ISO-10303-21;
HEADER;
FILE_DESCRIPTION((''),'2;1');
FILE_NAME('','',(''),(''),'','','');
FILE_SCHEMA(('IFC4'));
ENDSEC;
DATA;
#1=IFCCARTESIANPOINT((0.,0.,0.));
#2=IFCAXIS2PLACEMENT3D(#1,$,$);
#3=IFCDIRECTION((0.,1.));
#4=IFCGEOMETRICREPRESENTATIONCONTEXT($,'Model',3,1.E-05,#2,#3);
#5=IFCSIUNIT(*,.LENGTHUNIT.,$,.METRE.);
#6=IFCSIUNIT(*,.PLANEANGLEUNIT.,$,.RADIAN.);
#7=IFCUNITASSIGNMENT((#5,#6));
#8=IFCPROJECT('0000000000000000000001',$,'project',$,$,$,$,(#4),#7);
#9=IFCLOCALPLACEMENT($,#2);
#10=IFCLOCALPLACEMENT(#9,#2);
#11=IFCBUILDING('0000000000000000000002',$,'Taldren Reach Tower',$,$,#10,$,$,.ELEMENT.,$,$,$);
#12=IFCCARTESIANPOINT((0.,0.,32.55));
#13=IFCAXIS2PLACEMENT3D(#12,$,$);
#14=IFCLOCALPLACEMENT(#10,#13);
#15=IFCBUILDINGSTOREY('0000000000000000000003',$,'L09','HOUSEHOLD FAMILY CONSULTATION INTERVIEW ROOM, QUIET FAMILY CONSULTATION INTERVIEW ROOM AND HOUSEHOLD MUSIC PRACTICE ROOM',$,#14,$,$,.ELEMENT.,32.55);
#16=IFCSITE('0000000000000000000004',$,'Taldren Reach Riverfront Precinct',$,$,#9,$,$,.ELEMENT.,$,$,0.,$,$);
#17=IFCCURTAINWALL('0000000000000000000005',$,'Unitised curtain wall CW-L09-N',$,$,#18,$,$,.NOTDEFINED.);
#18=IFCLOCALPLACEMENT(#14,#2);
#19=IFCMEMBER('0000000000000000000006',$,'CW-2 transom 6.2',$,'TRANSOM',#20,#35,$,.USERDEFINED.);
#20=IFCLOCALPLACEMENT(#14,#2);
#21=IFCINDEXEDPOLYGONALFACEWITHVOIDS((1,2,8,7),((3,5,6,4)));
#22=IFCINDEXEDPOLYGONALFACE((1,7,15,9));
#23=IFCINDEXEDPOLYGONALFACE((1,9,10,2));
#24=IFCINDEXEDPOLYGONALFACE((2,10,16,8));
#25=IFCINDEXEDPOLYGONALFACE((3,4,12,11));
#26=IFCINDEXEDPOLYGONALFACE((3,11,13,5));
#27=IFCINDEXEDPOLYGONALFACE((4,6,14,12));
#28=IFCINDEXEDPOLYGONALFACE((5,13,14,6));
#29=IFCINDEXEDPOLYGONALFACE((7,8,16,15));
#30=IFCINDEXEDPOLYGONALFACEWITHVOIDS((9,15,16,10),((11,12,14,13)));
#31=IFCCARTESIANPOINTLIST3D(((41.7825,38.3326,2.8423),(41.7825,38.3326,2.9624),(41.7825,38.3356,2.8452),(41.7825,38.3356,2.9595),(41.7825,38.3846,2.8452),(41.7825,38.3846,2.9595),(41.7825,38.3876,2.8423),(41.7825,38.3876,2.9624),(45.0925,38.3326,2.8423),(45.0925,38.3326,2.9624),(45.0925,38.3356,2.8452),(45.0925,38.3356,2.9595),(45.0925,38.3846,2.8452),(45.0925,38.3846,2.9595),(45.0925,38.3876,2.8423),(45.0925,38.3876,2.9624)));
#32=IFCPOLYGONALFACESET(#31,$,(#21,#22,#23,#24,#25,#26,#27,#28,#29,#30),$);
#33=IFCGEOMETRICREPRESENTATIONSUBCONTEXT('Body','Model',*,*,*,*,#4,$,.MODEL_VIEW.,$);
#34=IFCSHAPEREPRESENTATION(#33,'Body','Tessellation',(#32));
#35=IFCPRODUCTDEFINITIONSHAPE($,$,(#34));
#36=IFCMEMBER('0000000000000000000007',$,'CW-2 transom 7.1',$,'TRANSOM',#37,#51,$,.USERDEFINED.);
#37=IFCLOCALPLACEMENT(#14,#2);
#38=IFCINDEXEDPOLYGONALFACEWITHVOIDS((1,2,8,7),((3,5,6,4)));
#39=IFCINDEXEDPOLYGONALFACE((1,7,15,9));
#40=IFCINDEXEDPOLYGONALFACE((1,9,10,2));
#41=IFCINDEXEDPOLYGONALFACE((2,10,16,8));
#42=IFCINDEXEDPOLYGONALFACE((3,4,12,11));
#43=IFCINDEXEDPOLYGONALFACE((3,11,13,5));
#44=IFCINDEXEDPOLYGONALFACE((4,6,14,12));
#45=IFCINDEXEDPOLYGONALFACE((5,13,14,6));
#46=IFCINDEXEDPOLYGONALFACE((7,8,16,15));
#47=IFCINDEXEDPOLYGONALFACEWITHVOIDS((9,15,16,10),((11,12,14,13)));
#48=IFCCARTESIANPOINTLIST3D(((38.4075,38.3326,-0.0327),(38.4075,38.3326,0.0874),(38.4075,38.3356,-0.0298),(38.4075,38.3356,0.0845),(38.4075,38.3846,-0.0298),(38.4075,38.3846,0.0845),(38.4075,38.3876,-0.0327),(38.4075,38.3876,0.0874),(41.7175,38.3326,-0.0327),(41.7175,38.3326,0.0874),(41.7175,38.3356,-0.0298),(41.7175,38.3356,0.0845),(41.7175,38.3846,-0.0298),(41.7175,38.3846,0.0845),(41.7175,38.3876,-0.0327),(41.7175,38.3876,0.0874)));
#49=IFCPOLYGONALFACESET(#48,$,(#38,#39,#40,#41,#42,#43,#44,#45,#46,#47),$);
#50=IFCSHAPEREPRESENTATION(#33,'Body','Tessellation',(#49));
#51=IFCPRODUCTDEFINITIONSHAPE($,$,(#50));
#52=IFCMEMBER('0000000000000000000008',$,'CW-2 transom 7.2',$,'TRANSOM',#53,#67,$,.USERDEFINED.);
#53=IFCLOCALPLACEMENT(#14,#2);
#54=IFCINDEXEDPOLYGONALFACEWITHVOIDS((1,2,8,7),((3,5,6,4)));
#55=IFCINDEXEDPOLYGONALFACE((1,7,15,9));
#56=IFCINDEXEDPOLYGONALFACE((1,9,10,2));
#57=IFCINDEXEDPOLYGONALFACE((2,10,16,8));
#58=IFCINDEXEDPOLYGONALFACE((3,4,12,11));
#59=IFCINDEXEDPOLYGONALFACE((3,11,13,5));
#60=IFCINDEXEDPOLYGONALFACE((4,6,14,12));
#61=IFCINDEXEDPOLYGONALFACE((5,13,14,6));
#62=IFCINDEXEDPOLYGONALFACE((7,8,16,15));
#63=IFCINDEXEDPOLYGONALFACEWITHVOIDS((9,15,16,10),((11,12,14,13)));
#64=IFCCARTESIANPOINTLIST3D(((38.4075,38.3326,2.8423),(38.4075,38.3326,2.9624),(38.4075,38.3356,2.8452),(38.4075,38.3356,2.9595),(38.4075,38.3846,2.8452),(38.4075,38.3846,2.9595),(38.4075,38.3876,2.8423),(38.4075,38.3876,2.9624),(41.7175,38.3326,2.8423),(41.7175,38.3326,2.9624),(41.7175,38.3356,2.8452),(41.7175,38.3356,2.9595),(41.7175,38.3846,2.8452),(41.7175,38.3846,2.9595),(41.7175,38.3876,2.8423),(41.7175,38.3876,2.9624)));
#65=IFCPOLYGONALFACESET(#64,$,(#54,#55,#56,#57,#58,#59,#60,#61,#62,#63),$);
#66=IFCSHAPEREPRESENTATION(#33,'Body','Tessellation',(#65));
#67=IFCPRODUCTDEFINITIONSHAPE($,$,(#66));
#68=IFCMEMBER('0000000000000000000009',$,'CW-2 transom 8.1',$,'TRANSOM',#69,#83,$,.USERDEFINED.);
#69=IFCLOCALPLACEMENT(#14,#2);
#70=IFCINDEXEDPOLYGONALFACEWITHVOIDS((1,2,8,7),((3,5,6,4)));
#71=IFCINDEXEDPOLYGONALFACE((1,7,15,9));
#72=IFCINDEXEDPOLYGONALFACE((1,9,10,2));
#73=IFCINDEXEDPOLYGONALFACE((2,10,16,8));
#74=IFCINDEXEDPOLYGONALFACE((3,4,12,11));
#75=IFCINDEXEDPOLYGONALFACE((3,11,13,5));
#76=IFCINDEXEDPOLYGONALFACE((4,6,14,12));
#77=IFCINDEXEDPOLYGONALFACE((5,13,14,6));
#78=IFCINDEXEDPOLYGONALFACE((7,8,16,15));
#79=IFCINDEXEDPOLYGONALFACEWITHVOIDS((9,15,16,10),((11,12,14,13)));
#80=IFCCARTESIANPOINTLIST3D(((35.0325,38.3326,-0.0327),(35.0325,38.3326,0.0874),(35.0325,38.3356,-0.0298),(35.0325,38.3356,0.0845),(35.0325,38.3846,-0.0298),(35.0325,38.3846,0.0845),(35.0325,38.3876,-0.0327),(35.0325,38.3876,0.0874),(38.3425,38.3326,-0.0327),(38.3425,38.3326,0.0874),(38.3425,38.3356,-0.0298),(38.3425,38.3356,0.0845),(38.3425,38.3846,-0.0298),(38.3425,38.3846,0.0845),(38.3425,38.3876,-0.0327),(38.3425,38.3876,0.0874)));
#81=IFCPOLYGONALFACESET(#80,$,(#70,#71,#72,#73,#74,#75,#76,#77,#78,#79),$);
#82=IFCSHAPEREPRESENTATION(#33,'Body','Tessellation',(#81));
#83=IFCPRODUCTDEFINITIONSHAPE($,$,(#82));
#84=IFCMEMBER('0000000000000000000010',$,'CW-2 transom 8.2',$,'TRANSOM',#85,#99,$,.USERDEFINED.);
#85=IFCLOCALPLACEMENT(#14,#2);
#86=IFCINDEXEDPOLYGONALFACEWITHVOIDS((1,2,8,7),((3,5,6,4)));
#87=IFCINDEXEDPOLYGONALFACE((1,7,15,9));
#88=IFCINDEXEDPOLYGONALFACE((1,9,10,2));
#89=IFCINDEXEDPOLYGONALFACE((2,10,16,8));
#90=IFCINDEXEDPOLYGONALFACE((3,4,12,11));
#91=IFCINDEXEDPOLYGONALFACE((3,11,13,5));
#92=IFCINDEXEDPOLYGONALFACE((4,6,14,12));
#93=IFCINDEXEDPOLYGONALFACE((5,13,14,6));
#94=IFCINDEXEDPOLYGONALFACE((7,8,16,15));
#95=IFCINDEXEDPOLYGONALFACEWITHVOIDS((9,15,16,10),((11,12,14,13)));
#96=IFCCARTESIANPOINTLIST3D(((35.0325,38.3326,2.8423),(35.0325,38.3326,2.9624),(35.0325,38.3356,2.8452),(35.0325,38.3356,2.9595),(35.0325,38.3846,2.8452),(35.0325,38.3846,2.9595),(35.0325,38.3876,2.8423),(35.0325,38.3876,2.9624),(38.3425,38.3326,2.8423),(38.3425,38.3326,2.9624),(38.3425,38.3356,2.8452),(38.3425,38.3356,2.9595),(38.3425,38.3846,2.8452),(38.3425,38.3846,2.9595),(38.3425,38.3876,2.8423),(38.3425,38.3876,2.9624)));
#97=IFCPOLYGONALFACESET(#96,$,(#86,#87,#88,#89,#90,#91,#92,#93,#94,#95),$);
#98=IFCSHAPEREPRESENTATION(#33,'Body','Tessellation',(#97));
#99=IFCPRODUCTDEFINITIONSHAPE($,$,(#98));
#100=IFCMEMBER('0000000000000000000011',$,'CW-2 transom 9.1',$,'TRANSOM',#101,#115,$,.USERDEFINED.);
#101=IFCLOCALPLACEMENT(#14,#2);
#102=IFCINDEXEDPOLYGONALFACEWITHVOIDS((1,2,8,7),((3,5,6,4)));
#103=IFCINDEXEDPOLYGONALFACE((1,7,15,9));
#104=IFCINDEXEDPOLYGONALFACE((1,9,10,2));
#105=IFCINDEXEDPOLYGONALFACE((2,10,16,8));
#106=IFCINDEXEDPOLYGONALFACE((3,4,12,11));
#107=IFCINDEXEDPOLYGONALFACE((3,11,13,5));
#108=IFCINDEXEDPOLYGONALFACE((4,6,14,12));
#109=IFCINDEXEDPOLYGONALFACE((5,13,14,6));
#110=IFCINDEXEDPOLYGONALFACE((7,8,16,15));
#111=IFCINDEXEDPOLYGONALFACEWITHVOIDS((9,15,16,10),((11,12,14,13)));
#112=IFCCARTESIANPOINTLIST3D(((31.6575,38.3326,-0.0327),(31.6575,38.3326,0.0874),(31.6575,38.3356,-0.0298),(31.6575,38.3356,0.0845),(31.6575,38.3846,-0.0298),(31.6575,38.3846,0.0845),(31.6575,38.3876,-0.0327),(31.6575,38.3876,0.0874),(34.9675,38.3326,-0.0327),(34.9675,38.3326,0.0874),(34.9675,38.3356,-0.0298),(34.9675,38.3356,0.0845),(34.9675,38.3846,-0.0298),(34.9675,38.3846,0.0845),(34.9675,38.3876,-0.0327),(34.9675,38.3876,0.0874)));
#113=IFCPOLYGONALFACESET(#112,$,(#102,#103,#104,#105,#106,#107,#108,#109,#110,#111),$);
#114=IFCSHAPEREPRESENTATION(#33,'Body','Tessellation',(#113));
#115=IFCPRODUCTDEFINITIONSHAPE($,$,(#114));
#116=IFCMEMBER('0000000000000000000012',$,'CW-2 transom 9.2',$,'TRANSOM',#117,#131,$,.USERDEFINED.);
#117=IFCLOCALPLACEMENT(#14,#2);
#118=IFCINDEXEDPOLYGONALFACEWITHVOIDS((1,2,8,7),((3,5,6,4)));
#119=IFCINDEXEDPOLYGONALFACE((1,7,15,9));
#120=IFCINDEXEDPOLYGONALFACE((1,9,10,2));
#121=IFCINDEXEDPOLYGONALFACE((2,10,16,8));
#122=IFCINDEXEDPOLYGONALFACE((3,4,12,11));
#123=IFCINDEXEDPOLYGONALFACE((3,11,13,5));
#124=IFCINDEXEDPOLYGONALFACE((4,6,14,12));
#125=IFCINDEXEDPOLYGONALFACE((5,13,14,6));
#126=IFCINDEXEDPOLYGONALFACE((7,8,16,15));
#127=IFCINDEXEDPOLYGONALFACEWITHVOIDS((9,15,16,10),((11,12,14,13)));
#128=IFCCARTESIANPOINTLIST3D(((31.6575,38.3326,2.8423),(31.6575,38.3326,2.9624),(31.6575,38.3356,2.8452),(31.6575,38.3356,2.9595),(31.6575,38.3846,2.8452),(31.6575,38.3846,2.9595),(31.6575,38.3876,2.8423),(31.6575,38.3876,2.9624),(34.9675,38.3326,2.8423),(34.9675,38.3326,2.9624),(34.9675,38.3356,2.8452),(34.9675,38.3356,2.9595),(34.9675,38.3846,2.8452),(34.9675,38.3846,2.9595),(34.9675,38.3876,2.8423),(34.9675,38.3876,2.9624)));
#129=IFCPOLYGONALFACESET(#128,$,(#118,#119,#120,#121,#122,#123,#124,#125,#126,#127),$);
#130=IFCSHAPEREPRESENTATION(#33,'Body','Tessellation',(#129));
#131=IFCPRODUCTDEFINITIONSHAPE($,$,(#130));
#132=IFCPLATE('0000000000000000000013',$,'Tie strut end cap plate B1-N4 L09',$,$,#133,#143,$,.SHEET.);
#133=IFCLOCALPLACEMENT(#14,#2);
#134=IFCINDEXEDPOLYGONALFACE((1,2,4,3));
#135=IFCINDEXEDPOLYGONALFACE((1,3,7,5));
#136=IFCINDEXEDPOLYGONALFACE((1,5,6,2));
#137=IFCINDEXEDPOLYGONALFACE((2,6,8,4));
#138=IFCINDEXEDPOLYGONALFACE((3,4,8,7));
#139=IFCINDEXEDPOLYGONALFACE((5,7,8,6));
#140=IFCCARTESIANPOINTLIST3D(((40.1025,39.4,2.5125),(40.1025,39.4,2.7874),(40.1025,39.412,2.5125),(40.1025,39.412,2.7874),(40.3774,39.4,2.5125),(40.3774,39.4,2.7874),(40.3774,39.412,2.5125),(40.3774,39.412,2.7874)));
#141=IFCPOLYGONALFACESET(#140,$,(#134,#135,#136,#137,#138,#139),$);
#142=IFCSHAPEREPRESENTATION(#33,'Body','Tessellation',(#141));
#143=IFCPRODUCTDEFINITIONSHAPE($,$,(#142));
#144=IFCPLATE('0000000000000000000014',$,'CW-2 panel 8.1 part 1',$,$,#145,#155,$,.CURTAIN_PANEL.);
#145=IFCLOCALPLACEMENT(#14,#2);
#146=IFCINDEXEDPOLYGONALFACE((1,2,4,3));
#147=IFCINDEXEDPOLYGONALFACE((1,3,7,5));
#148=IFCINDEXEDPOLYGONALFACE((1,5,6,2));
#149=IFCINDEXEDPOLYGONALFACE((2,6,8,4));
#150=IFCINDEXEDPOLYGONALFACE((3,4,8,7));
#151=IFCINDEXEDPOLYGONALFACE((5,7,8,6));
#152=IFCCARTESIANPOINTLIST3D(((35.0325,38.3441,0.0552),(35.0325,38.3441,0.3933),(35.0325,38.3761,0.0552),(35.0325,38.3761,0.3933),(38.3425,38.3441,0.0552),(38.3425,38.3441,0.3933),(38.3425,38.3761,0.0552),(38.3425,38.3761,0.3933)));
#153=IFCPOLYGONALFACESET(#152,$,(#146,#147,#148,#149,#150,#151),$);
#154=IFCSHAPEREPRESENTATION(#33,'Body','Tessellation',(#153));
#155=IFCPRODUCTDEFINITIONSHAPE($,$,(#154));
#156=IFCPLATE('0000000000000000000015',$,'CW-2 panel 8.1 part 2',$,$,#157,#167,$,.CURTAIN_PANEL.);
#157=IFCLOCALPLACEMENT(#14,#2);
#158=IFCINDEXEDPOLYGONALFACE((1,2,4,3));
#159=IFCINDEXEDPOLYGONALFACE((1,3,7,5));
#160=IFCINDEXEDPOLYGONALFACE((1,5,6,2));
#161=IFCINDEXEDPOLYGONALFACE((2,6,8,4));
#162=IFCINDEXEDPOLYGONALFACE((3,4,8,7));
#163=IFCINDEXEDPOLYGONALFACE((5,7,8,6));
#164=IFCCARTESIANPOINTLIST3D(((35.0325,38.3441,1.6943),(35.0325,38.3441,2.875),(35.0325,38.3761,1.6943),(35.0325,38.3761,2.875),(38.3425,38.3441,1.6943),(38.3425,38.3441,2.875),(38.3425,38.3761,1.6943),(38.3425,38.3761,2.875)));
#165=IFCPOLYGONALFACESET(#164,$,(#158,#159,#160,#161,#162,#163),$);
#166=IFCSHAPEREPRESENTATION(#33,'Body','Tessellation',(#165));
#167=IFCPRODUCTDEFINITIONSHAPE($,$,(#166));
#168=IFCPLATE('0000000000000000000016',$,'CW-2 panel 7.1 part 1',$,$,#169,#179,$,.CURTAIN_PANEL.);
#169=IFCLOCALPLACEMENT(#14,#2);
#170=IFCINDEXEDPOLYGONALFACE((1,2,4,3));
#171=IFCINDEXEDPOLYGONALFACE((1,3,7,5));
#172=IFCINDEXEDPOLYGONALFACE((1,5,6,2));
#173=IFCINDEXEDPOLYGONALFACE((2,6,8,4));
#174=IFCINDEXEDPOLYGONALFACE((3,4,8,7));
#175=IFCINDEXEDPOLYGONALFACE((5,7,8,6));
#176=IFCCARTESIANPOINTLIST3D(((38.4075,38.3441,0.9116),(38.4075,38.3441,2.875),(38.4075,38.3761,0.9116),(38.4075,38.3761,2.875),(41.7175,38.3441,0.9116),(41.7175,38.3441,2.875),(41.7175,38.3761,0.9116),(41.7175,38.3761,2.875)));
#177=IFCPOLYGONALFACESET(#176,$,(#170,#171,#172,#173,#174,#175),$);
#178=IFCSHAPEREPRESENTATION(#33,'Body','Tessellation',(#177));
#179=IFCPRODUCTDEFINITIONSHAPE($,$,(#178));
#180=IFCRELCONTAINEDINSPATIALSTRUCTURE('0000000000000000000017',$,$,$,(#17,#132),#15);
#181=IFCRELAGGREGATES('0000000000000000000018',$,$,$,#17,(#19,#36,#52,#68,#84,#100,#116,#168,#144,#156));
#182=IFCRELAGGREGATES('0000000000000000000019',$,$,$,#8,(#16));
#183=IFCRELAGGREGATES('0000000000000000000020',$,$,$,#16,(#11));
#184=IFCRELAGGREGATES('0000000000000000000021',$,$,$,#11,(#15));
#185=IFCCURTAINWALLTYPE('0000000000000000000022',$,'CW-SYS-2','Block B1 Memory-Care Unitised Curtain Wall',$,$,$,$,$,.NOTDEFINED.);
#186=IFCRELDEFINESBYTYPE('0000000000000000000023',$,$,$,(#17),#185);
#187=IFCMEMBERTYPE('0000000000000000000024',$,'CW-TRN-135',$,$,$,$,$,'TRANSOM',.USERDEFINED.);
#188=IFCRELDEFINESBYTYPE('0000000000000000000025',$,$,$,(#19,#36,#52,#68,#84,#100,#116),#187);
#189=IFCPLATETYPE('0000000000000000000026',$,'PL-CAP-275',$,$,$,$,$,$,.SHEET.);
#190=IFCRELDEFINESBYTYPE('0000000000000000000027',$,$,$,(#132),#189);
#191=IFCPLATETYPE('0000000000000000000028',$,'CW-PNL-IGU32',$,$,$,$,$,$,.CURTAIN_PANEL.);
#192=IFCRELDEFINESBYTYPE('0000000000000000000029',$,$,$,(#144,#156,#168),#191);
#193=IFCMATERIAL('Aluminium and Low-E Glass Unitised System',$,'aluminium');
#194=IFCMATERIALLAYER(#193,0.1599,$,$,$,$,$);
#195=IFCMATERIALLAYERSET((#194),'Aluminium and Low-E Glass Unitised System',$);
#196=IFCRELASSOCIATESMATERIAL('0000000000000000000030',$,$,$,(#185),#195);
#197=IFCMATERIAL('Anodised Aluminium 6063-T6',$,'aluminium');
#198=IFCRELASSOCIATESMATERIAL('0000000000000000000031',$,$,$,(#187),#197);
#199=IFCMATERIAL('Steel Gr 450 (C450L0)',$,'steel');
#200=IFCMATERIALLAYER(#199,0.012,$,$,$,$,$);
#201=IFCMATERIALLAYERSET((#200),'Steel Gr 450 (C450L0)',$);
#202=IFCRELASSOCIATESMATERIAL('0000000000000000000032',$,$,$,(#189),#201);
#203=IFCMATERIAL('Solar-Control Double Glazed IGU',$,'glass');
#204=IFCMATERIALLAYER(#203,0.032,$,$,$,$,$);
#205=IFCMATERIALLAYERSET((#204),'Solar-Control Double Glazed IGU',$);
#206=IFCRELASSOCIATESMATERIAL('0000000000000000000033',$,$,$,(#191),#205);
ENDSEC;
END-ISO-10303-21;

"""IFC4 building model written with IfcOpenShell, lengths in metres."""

from ifc_helpers import new_model, si_unit, direction, frame, origin, origin_2d, place, context, subcontext, project, spatial, rectangle, hollow_rectangle, extrude, source, transform, mapped, material, layer, layer_set, material_profile, profile_set, type_object, element, aggregate, save


model = new_model("IFC4")

# Units and contexts
model_context = context("Model", 3, precision=1e-05, world=origin(), true_north=direction((0.0, 1.0)))
body_context = subcontext(model_context, "Body", "Model", "MODEL_VIEW")
ifc_project = project(units=[si_unit("LENGTHUNIT", "METRE"), si_unit("PLANEANGLEUNIT", "RADIAN")], contexts=[model_context])

# Site, building, storey
site_placement = place(None, origin())
site = spatial("IfcSite", under=ifc_project, at=site_placement, Name="Taldren Reach Riverfront Precinct", CompositionType="ELEMENT", RefElevation=0.0)
building_placement = place(site_placement, origin())
building = spatial("IfcBuilding", under=site, at=building_placement, Name="Taldren Reach Tower", CompositionType="ELEMENT")
storey_placement = place(building_placement, frame((0.0, 0.0, 32.55)))
storey = spatial("IfcBuildingStorey", under=building, at=storey_placement, Name="L09", Description="HOUSEHOLD FAMILY CONSULTATION INTERVIEW ROOM, QUIET FAMILY CONSULTATION INTERVIEW ROOM AND HOUSEHOLD MUSIC PRACTICE ROOM", CompositionType="ELEMENT", Elevation=32.55)

# Shared definitions
ifc_material_1 = material(Name="Steel Gr 450 (C450L0)", Category="steel")

# Curtain wall, members
ifc_material_2 = material(Name="Aluminium and Low-E Glass Unitised System", Category="aluminium")
ifc_layer_1 = layer(ifc_material_2, 0.1599)
ifc_layer_set_1 = layer_set([ifc_layer_1], Name="Aluminium and Low-E Glass Unitised System")
curtain_wall_type = type_object("IfcCurtainWallType", Name="CW-SYS-2", Description="Block B1 Memory-Care Unitised Curtain Wall", PredefinedType="NOTDEFINED", material=ifc_layer_set_1)
curtain_wall_placement = place(storey_placement, origin())
curtain_wall = element("IfcCurtainWall", 1, at=curtain_wall_placement, inside=storey, type_object=curtain_wall_type, Name="Unitised curtain wall CW-L09-N", PredefinedType="NOTDEFINED")
ifc_material_3 = material(Name="Anodised Aluminium 6063-T6", Category="aluminium")
ifc_material_profile_1 = material_profile(ifc_material_3, hollow_rectangle(XDim=0.0549, YDim=0.1201, WallThickness=0.0029, at=origin_2d()), Name="ALU-120x55x3RHS")
ifc_profile_set_1 = profile_set([ifc_material_profile_1], Name="Anodised Aluminium 6063-T6")
member_type_1 = type_object("IfcMemberType", Name="CW-TRN-135", ElementType="TRANSOM", PredefinedType="USERDEFINED", material=ifc_profile_set_1)
shared_shape_1 = source(origin(), body_context, "Body", "SweptSolid", [
    extrude(hollow_rectangle(XDim=0.0549, YDim=0.1201, WallThickness=0.0029, at=origin_2d()), origin(), (0.0, 0.0, 1.0), 3.3101),
])
member_1_placement = place(storey_placement, frame((45.0925, 38.3601, 2.9023), z_axis=(-1.0, 0.0, 0.0), x_axis=(0.0, -1.0, 0.0)))
member_1 = element("IfcMember", 2, at=member_1_placement, type_object=member_type_1, Name="CW-2 transom 6.2", ObjectType="TRANSOM", PredefinedType="USERDEFINED", context=body_context, shape_type="MappedRepresentation", body=[
    mapped(shared_shape_1, transform((0.0, 0.0, 0.0), scale=1.0)),
])
member_2_placement = place(storey_placement, frame((41.7175, 38.3601, 0.0273), z_axis=(-1.0, 0.0, 0.0), x_axis=(0.0, -1.0, 0.0)))
member_2 = element("IfcMember", 3, at=member_2_placement, type_object=member_type_1, Name="CW-2 transom 7.1", ObjectType="TRANSOM", PredefinedType="USERDEFINED", context=body_context, shape_type="MappedRepresentation", body=[
    mapped(shared_shape_1, transform((0.0, 0.0, 0.0), scale=1.0)),
])
member_3_placement = place(storey_placement, frame((41.7175, 38.3601, 2.9023), z_axis=(-1.0, 0.0, 0.0), x_axis=(0.0, -1.0, 0.0)))
member_3 = element("IfcMember", 4, at=member_3_placement, type_object=member_type_1, Name="CW-2 transom 7.2", ObjectType="TRANSOM", PredefinedType="USERDEFINED", context=body_context, shape_type="MappedRepresentation", body=[
    mapped(shared_shape_1, transform((0.0, 0.0, 0.0), scale=1.0)),
])
member_4_placement = place(storey_placement, frame((38.3425, 38.3601, 0.0273), z_axis=(-1.0, 0.0, 0.0), x_axis=(0.0, -1.0, 0.0)))
member_4 = element("IfcMember", 5, at=member_4_placement, type_object=member_type_1, Name="CW-2 transom 8.1", ObjectType="TRANSOM", PredefinedType="USERDEFINED", context=body_context, shape_type="MappedRepresentation", body=[
    mapped(shared_shape_1, transform((0.0, 0.0, 0.0), scale=1.0)),
])
member_5_placement = place(storey_placement, frame((38.3425, 38.3601, 2.9023), z_axis=(-1.0, 0.0, 0.0), x_axis=(0.0, -1.0, 0.0)))
member_5 = element("IfcMember", 6, at=member_5_placement, type_object=member_type_1, Name="CW-2 transom 8.2", ObjectType="TRANSOM", PredefinedType="USERDEFINED", context=body_context, shape_type="MappedRepresentation", body=[
    mapped(shared_shape_1, transform((0.0, 0.0, 0.0), scale=1.0)),
])
member_6_placement = place(storey_placement, frame((34.9675, 38.3601, 0.0273), z_axis=(-1.0, 0.0, 0.0), x_axis=(0.0, -1.0, 0.0)))
member_6 = element("IfcMember", 7, at=member_6_placement, type_object=member_type_1, Name="CW-2 transom 9.1", ObjectType="TRANSOM", PredefinedType="USERDEFINED", context=body_context, shape_type="MappedRepresentation", body=[
    mapped(shared_shape_1, transform((0.0, 0.0, 0.0), scale=1.0)),
])
member_7_placement = place(storey_placement, frame((34.9675, 38.3601, 2.9023), z_axis=(-1.0, 0.0, 0.0), x_axis=(0.0, -1.0, 0.0)))
member_7 = element("IfcMember", 8, at=member_7_placement, type_object=member_type_1, Name="CW-2 transom 9.2", ObjectType="TRANSOM", PredefinedType="USERDEFINED", context=body_context, shape_type="MappedRepresentation", body=[
    mapped(shared_shape_1, transform((0.0, 0.0, 0.0), scale=1.0)),
])

# Plates
ifc_layer_2 = layer(ifc_material_1, 0.012)
ifc_layer_set_2 = layer_set([ifc_layer_2], Name="Steel Gr 450 (C450L0)")
plate_type_1 = type_object("IfcPlateType", Name="PL-CAP-275", PredefinedType="SHEET", material=ifc_layer_set_2)
shared_shape_2 = source(origin(), body_context, "Body", "SweptSolid", [
    extrude(rectangle(XDim=0.2749, YDim=0.012, at=origin_2d()), origin(), (0.0, 0.0, 1.0), 0.2749),
])
plate_1_placement = place(storey_placement, frame((40.24, 39.406, 2.5125), z_axis=(0.0, 0.0, 1.0), x_axis=(1.0, 0.0, 0.0)))
element("IfcPlate", 9, at=plate_1_placement, inside=storey, type_object=plate_type_1, Name="Tie strut end cap plate B1-N4 L09", PredefinedType="SHEET", context=body_context, shape_type="MappedRepresentation", body=[
    mapped(shared_shape_2, transform((0.0, 0.0, 0.0), scale=1.0)),
])
ifc_material_4 = material(Name="Solar-Control Double Glazed IGU", Category="glass")
ifc_layer_3 = layer(ifc_material_4, 0.032)
ifc_layer_set_3 = layer_set([ifc_layer_3], Name="Solar-Control Double Glazed IGU")
plate_type_2 = type_object("IfcPlateType", Name="CW-PNL-IGU32", PredefinedType="CURTAIN_PANEL", material=ifc_layer_set_3)
shared_shape_3 = source(origin(), body_context, "Body", "SweptSolid", [
    extrude(rectangle(XDim=3.3101, YDim=0.032, at=origin_2d()), origin(), (0.0, 0.0, 1.0), 0.3381),
])
plate_2_placement = place(storey_placement, frame((36.6875, 38.3601, 0.0552), z_axis=(0.0, 0.0, 1.0), x_axis=(-1.0, 0.0, 0.0)))
plate_2 = element("IfcPlate", 10, at=plate_2_placement, type_object=plate_type_2, Name="CW-2 panel 8.1 part 1", PredefinedType="CURTAIN_PANEL", context=body_context, shape_type="MappedRepresentation", body=[
    mapped(shared_shape_3, transform((0.0, 0.0, 0.0), scale=1.0)),
])
shared_shape_4 = source(origin(), body_context, "Body", "SweptSolid", [
    extrude(rectangle(XDim=3.3101, YDim=0.032, at=origin_2d()), origin(), (0.0, 0.0, 1.0), 1.1807),
])
plate_3_placement = place(storey_placement, frame((36.6875, 38.3601, 1.6943), z_axis=(0.0, 0.0, 1.0), x_axis=(-1.0, 0.0, 0.0)))
plate_3 = element("IfcPlate", 11, at=plate_3_placement, type_object=plate_type_2, Name="CW-2 panel 8.1 part 2", PredefinedType="CURTAIN_PANEL", context=body_context, shape_type="MappedRepresentation", body=[
    mapped(shared_shape_4, transform((0.0, 0.0, 0.0), scale=1.0)),
])
shared_shape_5 = source(origin(), body_context, "Body", "SweptSolid", [
    extrude(rectangle(XDim=3.3101, YDim=0.032, at=origin_2d()), origin(), (0.0, 0.0, 1.0), 1.9634),
])
plate_4_placement = place(storey_placement, frame((40.0625, 38.3601, 0.9116), z_axis=(0.0, 0.0, 1.0), x_axis=(-1.0, 0.0, 0.0)))
plate_4 = element("IfcPlate", 12, at=plate_4_placement, type_object=plate_type_2, Name="CW-2 panel 7.1 part 1", PredefinedType="CURTAIN_PANEL", context=body_context, shape_type="MappedRepresentation", body=[
    mapped(shared_shape_5, transform((0.0, 0.0, 0.0), scale=1.0)),
])
aggregate(curtain_wall, [member_1, member_2, member_3, member_4, member_5, member_6, member_7, plate_4, plate_2, plate_3])

save(model, "model.ifc")
